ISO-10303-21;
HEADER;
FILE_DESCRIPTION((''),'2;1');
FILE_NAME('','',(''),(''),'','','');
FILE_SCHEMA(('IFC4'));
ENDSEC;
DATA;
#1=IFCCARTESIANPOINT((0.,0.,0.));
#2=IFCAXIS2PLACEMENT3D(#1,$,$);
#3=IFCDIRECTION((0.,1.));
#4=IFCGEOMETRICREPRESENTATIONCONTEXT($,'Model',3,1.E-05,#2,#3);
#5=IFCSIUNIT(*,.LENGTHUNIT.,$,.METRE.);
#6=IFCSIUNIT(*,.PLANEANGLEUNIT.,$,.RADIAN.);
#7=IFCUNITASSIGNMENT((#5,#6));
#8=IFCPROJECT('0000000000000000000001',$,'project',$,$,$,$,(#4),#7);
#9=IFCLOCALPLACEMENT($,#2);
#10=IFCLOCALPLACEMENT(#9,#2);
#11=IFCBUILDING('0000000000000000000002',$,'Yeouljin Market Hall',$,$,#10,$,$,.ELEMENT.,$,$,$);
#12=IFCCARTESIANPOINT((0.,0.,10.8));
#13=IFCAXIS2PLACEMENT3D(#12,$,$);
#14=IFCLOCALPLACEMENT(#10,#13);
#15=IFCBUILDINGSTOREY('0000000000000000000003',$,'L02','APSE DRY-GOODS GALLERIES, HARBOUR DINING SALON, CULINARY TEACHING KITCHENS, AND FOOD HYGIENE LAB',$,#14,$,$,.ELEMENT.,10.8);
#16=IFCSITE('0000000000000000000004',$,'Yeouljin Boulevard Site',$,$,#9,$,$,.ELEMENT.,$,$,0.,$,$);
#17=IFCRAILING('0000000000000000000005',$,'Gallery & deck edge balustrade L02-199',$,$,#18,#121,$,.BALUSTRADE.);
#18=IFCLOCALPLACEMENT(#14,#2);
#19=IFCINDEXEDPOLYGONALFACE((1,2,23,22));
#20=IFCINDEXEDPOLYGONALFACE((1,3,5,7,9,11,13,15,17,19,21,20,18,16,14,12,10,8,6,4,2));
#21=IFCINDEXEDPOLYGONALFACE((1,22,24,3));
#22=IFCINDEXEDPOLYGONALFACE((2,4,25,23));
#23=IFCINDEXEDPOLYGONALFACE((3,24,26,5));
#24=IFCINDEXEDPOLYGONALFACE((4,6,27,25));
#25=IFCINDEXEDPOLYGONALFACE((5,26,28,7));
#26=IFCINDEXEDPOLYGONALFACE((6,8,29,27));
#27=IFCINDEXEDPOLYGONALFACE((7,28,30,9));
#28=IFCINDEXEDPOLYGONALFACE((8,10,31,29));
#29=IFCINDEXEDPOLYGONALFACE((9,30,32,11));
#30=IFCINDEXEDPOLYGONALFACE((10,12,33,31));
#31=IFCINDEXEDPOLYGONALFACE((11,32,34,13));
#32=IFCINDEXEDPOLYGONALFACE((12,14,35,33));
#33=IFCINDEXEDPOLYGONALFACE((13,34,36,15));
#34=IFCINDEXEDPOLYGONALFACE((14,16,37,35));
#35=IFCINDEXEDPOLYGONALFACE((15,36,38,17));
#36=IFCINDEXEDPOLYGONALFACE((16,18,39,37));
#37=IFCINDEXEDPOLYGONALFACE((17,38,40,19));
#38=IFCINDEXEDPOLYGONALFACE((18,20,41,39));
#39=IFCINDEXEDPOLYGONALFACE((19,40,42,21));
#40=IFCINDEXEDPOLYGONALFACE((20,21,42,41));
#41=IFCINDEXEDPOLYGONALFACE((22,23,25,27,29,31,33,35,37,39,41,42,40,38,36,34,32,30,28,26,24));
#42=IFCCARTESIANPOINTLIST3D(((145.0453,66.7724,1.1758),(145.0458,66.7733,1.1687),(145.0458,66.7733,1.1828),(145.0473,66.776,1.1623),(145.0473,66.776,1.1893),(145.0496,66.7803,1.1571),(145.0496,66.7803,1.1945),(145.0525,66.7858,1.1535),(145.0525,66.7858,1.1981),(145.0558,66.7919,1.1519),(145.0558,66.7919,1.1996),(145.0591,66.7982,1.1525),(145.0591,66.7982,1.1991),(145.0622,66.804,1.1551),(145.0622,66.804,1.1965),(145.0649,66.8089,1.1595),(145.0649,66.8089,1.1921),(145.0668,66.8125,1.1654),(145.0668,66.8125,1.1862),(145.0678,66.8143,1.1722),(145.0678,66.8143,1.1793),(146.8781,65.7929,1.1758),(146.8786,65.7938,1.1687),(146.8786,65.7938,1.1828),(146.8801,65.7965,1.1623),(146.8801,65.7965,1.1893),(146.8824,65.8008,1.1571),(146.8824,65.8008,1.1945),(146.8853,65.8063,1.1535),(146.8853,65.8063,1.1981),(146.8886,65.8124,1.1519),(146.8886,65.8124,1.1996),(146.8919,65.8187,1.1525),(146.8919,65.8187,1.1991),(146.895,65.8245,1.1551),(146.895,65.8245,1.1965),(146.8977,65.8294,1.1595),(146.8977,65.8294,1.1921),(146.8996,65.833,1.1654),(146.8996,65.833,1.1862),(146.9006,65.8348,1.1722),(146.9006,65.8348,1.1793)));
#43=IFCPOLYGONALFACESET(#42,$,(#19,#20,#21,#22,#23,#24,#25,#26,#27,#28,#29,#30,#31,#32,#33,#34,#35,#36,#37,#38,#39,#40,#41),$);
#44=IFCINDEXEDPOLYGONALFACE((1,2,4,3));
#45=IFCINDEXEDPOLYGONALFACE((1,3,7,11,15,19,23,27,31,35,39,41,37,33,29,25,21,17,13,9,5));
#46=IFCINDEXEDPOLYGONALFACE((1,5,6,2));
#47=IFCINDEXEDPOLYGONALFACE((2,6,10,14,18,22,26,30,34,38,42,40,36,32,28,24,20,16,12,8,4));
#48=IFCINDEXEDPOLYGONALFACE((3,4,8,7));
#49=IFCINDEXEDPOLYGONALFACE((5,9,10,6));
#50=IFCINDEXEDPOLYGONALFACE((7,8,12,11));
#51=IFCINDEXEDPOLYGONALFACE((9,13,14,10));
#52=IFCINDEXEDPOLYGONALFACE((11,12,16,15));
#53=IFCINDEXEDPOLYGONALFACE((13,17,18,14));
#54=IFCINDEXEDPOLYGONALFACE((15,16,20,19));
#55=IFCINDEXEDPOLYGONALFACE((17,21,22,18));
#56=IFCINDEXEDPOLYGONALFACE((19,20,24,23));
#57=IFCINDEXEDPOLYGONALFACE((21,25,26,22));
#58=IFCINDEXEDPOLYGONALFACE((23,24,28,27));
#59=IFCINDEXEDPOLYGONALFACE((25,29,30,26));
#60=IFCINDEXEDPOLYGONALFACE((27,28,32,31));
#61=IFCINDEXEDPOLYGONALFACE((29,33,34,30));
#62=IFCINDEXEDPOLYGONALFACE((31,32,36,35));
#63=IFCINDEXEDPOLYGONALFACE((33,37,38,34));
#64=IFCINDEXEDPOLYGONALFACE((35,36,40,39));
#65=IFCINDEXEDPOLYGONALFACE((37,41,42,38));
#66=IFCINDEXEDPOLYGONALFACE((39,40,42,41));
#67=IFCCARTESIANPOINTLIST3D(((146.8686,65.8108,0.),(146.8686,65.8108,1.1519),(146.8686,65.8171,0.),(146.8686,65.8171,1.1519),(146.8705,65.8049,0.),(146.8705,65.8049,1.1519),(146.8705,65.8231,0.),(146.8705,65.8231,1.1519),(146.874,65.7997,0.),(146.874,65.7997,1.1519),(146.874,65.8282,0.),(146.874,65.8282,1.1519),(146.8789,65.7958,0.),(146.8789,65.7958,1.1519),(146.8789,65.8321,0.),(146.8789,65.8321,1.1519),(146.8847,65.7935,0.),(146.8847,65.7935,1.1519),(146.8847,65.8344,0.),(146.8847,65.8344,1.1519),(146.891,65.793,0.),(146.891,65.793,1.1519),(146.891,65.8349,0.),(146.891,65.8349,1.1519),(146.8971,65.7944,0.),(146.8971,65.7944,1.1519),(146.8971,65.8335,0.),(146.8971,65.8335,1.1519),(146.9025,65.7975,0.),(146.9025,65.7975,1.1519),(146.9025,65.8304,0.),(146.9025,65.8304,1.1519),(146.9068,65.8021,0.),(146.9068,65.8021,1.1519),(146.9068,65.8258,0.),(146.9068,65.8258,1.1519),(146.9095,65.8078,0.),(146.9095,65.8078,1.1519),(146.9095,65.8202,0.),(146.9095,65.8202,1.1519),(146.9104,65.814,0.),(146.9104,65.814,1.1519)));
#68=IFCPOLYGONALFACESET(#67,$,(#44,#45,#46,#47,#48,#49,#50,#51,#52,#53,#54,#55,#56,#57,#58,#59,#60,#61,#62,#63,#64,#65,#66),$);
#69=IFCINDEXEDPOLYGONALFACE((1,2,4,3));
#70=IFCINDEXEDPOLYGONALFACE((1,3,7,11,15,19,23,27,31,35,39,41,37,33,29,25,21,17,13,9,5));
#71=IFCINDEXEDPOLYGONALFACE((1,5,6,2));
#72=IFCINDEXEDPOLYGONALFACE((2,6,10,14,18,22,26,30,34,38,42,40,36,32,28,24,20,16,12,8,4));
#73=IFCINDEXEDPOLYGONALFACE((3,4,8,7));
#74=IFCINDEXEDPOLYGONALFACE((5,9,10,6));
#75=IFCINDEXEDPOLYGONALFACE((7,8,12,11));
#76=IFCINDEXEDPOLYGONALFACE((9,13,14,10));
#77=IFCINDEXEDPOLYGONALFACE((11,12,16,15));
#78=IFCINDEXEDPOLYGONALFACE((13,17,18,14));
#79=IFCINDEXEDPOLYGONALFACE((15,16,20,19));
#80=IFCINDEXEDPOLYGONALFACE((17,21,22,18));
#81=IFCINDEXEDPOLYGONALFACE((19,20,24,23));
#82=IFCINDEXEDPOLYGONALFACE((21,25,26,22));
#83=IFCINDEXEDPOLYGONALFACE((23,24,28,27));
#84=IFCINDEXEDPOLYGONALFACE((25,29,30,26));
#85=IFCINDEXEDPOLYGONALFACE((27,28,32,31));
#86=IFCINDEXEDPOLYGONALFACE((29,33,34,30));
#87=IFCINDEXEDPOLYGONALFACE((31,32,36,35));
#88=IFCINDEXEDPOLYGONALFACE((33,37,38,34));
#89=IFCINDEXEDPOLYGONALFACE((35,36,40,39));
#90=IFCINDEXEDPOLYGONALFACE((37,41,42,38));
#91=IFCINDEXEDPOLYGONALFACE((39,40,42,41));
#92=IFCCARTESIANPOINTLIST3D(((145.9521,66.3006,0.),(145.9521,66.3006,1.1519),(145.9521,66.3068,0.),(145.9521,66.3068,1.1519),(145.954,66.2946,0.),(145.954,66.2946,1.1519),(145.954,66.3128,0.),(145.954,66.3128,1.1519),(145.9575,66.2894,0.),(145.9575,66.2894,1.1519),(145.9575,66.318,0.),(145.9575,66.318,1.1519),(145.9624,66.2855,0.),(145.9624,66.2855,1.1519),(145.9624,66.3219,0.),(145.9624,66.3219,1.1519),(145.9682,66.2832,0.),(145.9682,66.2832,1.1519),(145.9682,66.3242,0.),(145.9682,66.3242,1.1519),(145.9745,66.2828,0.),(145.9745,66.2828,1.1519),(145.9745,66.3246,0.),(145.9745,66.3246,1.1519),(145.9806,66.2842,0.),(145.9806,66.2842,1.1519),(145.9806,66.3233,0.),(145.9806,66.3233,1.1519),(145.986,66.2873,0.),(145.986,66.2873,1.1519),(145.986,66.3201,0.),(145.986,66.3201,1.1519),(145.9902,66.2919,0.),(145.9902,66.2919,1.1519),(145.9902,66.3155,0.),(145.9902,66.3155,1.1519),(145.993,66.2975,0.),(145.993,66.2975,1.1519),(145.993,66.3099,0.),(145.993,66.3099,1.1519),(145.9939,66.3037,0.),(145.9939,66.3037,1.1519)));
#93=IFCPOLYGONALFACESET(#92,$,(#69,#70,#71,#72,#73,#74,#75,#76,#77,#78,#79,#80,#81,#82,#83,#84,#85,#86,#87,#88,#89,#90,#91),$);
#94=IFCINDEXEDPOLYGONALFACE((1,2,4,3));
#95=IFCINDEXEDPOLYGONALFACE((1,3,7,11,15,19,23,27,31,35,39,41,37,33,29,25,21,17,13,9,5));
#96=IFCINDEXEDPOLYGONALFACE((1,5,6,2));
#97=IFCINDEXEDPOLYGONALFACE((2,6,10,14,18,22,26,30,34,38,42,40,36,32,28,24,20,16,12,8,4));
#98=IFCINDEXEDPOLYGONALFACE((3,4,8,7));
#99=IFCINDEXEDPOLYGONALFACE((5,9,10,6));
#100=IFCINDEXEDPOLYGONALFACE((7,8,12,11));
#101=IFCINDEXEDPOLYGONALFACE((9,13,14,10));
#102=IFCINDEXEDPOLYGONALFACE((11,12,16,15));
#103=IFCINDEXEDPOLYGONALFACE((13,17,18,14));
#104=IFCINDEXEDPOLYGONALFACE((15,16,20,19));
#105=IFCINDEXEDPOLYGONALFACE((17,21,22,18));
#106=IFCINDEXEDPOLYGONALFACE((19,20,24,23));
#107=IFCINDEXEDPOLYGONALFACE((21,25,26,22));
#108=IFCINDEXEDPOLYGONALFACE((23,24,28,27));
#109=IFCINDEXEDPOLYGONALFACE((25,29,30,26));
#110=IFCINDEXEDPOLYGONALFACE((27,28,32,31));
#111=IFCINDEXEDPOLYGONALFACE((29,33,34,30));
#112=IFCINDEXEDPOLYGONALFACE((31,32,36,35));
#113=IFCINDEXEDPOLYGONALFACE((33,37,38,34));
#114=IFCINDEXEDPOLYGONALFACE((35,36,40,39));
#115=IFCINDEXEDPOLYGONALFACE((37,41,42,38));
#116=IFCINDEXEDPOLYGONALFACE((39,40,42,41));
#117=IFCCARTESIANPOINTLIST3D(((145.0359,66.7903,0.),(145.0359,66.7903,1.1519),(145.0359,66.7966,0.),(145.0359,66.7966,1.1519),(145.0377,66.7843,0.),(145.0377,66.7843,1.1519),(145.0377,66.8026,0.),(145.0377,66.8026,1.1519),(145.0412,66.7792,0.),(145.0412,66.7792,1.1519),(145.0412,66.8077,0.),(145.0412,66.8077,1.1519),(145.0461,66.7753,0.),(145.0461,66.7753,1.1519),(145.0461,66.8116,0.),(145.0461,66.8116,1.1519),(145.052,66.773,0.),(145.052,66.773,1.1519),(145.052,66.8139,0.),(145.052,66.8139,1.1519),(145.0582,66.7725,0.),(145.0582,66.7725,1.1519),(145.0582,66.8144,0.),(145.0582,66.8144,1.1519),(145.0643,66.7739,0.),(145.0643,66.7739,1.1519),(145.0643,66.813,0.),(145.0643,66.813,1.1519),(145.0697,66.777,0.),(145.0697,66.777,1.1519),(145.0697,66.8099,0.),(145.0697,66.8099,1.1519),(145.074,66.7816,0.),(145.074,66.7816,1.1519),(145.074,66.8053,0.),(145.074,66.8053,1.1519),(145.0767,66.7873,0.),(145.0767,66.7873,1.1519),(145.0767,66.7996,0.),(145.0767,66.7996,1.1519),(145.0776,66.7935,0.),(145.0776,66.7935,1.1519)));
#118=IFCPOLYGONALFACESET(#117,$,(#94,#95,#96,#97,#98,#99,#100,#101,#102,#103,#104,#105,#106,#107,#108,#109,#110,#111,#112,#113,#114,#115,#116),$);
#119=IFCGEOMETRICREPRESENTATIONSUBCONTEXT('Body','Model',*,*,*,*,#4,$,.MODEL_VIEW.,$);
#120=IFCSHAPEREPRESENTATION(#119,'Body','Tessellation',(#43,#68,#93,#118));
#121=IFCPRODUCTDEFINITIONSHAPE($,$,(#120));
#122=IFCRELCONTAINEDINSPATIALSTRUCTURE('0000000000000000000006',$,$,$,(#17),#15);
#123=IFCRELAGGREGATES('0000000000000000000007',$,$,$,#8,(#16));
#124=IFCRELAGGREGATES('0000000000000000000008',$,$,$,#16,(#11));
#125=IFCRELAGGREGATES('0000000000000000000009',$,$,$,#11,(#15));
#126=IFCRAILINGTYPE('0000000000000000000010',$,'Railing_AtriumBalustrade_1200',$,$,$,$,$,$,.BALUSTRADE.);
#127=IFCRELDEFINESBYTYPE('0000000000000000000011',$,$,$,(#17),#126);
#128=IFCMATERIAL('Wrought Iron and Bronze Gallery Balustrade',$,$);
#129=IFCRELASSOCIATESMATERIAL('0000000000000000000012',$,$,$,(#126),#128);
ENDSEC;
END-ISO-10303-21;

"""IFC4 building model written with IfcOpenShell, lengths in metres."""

from ifc_helpers import new_model, si_unit, direction, frame, origin, origin_2d, place, context, subcontext, project, spatial, circle, extrude, material, type_object, element, save


model = new_model("IFC4")

# Units and contexts
model_context = context("Model", 3, precision=1e-05, world=origin(), true_north=direction((0.0, 1.0)))
body_context = subcontext(model_context, "Body", "Model", "MODEL_VIEW")
ifc_project = project(units=[si_unit("LENGTHUNIT", "METRE"), si_unit("PLANEANGLEUNIT", "RADIAN")], contexts=[model_context])

# Site, building, storey
site_placement = place(None, origin())
site = spatial("IfcSite", under=ifc_project, at=site_placement, Name="Yeouljin Boulevard Site", CompositionType="ELEMENT", RefElevation=0.0)
building_placement = place(site_placement, origin())
building = spatial("IfcBuilding", under=site, at=building_placement, Name="Yeouljin Market Hall", CompositionType="ELEMENT")
storey_placement = place(building_placement, frame((0.0, 0.0, 10.8)))
storey = spatial("IfcBuildingStorey", under=building, at=storey_placement, Name="L02", Description="APSE DRY-GOODS GALLERIES, HARBOUR DINING SALON, CULINARY TEACHING KITCHENS, AND FOOD HYGIENE LAB", CompositionType="ELEMENT", Elevation=10.8)

# Railing
ifc_material_1 = material(Name="Wrought Iron and Bronze Gallery Balustrade")
railing_type = type_object("IfcRailingType", Name="Railing_AtriumBalustrade_1200", PredefinedType="BALUSTRADE", material=ifc_material_1)
railing_1_placement = place(storey_placement, frame((146.8894, 65.814, 0.0)))
element("IfcRailing", 1, at=railing_1_placement, inside=storey, type_object=railing_type, Name="Gallery & deck edge balustrade L02-199", PredefinedType="BALUSTRADE", context=body_context, shape_type="SweptSolid", body=[
    extrude(circle(Radius=0.0239, at=origin_2d()), frame((0.0, 0.0, 1.1758), z_axis=(-0.881949, 0.471344, 0.0), x_axis=(-0.471344, -0.881949, 0.0)), (0.0, 0.0, 1.0), 2.0781),
    extrude(circle(Radius=0.021, at=origin_2d()), origin(), (0.0, 0.0, 1.0), 1.1519),
    extrude(circle(Radius=0.021, at=origin_2d()), frame((-0.9165, 0.4897, 0.0)), (0.0, 0.0, 1.0), 1.1519),
    extrude(circle(Radius=0.021, at=origin_2d()), frame((-1.8328, 0.9795, 0.0)), (0.0, 0.0, 1.0), 1.1519),
])

save(model, "model.ifc")
